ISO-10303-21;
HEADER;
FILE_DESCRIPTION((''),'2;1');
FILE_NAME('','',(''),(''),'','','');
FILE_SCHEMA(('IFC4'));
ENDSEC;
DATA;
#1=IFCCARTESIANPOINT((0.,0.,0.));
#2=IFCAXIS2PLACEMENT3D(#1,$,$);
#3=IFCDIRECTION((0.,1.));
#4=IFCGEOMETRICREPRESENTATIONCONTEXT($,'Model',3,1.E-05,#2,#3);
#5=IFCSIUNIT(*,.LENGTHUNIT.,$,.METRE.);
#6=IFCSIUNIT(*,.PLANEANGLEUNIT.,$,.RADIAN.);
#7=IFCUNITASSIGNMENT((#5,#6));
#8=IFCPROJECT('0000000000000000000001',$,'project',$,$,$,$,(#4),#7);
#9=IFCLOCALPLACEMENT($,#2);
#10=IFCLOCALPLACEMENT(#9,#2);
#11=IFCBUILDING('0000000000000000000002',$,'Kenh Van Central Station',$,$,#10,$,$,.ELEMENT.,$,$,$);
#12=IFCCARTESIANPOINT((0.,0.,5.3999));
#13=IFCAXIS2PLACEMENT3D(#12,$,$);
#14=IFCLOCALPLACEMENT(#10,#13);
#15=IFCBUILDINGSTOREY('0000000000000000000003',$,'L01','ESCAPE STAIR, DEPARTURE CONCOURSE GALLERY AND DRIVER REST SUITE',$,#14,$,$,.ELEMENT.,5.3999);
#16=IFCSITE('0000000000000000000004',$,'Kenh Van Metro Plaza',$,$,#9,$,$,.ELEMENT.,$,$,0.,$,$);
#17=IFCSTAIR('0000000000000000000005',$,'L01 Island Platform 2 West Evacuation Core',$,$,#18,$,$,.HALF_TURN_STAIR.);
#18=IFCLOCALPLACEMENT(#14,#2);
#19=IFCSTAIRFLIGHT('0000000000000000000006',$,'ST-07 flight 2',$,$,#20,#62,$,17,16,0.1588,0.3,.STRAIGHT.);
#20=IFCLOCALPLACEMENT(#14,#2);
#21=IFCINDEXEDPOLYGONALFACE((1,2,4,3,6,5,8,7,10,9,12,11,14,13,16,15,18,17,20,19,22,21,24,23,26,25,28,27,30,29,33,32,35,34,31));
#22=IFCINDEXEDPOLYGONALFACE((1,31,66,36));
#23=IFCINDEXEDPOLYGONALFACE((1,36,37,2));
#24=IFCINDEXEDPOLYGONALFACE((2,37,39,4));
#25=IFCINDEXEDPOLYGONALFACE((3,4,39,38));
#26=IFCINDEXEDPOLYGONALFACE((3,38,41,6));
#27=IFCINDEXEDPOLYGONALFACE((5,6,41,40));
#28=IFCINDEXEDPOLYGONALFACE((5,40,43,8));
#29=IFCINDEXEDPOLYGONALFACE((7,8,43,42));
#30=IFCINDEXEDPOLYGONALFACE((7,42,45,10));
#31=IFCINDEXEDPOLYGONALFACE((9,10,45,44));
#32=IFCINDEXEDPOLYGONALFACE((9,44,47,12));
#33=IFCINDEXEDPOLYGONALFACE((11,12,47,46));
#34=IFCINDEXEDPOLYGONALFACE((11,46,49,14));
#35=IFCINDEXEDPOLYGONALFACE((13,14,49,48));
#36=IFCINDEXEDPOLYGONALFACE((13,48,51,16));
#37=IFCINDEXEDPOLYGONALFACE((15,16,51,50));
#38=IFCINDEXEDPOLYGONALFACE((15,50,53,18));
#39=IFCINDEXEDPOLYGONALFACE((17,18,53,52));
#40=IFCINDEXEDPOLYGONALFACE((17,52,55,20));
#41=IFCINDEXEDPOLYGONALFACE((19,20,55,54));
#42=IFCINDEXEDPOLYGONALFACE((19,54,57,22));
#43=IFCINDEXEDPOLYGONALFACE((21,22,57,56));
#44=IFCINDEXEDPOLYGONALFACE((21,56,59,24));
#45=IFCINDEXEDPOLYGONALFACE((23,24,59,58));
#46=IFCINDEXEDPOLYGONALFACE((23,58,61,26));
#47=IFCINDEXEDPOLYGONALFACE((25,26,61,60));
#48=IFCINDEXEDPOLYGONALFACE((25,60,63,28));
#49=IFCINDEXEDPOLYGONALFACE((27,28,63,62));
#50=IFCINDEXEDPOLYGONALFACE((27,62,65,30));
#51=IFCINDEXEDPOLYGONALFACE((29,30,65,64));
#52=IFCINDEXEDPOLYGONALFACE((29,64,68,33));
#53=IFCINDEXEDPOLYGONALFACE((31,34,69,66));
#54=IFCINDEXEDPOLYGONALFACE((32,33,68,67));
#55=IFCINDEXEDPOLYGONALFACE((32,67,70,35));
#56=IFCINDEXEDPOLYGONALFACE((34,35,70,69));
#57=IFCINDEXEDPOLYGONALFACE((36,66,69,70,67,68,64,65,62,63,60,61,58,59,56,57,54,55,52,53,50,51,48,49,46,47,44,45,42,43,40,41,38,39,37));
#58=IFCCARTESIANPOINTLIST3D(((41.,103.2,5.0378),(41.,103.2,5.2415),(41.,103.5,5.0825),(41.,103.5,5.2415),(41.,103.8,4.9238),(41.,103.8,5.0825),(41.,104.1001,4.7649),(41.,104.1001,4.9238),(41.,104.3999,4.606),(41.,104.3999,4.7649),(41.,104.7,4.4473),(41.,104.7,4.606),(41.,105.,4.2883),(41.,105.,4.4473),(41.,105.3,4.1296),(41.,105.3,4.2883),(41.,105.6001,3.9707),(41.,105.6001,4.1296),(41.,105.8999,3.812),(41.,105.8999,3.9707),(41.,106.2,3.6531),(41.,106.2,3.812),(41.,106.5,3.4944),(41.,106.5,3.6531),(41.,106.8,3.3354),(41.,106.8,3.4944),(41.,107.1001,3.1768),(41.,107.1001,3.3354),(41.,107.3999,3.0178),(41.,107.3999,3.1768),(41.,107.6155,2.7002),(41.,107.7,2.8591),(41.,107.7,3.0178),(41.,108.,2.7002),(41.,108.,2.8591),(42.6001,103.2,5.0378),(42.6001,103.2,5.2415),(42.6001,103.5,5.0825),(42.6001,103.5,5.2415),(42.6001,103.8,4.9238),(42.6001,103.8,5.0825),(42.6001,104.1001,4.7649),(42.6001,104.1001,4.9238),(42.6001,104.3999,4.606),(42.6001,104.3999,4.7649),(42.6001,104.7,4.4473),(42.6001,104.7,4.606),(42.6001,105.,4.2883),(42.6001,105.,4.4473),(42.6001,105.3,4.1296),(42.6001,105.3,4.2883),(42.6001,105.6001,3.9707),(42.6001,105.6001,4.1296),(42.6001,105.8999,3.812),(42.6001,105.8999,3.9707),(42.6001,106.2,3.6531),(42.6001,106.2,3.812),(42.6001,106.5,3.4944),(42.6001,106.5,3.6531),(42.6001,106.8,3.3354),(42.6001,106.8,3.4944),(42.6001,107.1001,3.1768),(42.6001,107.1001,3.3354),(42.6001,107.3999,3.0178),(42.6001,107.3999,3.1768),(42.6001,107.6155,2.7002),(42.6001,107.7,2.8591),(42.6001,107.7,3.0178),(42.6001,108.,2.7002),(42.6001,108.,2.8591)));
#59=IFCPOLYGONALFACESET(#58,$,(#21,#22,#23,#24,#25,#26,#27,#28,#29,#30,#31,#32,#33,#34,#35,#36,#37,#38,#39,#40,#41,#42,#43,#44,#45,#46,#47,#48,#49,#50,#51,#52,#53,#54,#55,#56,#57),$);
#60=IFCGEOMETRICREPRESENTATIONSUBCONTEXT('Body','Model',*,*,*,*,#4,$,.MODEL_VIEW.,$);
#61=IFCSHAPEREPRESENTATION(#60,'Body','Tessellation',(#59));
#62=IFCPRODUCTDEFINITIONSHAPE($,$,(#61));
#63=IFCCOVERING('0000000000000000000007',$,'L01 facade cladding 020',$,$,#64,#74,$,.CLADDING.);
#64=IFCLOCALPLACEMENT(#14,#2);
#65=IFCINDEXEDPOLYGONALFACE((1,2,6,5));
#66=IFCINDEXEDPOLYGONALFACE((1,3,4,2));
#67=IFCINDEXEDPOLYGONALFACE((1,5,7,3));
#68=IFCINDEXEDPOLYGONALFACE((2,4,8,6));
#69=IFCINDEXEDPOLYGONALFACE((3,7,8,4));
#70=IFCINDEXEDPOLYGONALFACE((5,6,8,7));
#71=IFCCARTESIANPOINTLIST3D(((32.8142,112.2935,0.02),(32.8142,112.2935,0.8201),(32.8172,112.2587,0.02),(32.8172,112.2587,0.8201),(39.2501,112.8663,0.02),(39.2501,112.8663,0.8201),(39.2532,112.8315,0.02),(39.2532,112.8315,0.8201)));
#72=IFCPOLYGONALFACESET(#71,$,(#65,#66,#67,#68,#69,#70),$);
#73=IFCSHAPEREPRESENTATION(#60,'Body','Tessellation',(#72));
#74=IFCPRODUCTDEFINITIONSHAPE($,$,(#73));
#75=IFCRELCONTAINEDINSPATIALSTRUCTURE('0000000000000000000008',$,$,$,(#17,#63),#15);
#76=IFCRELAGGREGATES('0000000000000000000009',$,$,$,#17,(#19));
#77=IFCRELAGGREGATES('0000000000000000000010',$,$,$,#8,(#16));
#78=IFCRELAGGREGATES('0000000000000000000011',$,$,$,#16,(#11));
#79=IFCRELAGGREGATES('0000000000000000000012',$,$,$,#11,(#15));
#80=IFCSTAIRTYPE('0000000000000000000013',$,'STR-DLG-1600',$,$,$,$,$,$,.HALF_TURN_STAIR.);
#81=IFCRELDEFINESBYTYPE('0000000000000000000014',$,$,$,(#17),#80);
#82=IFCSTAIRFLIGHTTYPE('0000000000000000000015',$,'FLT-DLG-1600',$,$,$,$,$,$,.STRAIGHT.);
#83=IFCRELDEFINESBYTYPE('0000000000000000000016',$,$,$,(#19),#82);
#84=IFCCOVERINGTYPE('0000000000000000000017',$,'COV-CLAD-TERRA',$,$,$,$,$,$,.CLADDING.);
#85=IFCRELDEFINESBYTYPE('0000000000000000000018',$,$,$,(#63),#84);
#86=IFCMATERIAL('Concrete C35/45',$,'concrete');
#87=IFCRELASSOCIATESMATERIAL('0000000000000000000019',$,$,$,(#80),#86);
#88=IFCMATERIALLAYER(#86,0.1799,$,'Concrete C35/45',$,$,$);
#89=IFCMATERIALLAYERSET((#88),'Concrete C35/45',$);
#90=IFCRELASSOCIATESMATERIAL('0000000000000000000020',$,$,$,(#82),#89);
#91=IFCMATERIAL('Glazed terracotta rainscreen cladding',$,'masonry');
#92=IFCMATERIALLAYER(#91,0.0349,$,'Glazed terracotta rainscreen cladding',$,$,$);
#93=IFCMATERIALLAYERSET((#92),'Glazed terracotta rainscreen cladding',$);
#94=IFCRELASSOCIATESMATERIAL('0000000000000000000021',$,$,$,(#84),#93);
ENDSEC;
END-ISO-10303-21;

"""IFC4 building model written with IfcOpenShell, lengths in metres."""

from ifc_helpers import new_model, si_unit, direction, frame, origin, origin_2d, place, context, subcontext, project, spatial, polyline, rectangle, outline, extrude, material, layer, layer_set, type_object, element, aggregate, save


model = new_model("IFC4")

# Units and contexts
model_context = context("Model", 3, precision=1e-05, world=origin(), true_north=direction((0.0, 1.0)))
body_context = subcontext(model_context, "Body", "Model", "MODEL_VIEW")
ifc_project = project(units=[si_unit("LENGTHUNIT", "METRE"), si_unit("PLANEANGLEUNIT", "RADIAN")], contexts=[model_context])

# Site, building, storey
site_placement = place(None, origin())
site = spatial("IfcSite", under=ifc_project, at=site_placement, Name="Kenh Van Metro Plaza", CompositionType="ELEMENT", RefElevation=0.0)
building_placement = place(site_placement, origin())
building = spatial("IfcBuilding", under=site, at=building_placement, Name="Kenh Van Central Station", CompositionType="ELEMENT")
storey_placement = place(building_placement, frame((0.0, 0.0, 5.3999)))
storey = spatial("IfcBuildingStorey", under=building, at=storey_placement, Name="L01", Description="ESCAPE STAIR, DEPARTURE CONCOURSE GALLERY AND DRIVER REST SUITE", CompositionType="ELEMENT", Elevation=5.3999)

# Stair, stair flight
ifc_material_1 = material(Name="Concrete C35/45", Category="concrete")
stair_type = type_object("IfcStairType", Name="STR-DLG-1600", PredefinedType="HALF_TURN_STAIR", material=ifc_material_1)
stair_placement = place(storey_placement, origin())
stair = element("IfcStair", 1, at=stair_placement, inside=storey, type_object=stair_type, Name="L01 Island Platform 2 West Evacuation Core", PredefinedType="HALF_TURN_STAIR")
ifc_layer_1 = layer(ifc_material_1, 0.1799, Name="Concrete C35/45")
ifc_layer_set_1 = layer_set([ifc_layer_1], Name="Concrete C35/45")
stair_flight_type = type_object("IfcStairFlightType", Name="FLT-DLG-1600", PredefinedType="STRAIGHT", material=ifc_layer_set_1)
stair_flight_1_placement = place(storey_placement, frame((41.8, 108.0, 2.7002), z_axis=(0.0, 0.0, 1.0), x_axis=(0.0, -1.0, 0.0)))
stair_flight_1 = element("IfcStairFlight", 2, at=stair_flight_1_placement, type_object=stair_flight_type, Name="ST-07 flight 2", NumberOfRisers=17, NumberOfTreads=16, PredefinedType="STRAIGHT", RiserHeight=0.1588, TreadLength=0.3, context=body_context, shape_type="SweptSolid", body=[
    extrude(outline(polyline([(0.0, 0.0), (0.0, 0.1589), (0.3, 0.1589), (0.3, 0.3176), (0.6001, 0.3176), (0.6001, 0.4766), (0.8999, 0.4766), (0.8999, 0.6353), (1.2, 0.6353), (1.2, 0.7942), (1.5, 0.7942), (1.5, 0.9529), (1.8, 0.9529), (1.8, 1.1118), (2.1001, 1.1118), (2.1001, 1.2705), (2.3999, 1.2705), (2.3999, 1.4294), (2.7, 1.4294), (2.7, 1.5881), (3.0, 1.5881), (3.0, 1.7471), (3.3, 1.7471), (3.3, 1.9058), (3.6001, 1.9058), (3.6001, 2.0647), (3.8999, 2.0647), (3.8999, 2.2236), (4.2, 2.2236), (4.2, 2.3823), (4.5, 2.3823), (4.5, 2.5413), (4.8, 2.5413), (4.8, 2.7), (4.8, 2.3376), (0.3845, 0.0), (0.0, 0.0)])), frame((0.0, 0.8, 0.0), z_axis=(0.0, -1.0, 0.0), x_axis=(1.0, 0.0, 0.0)), (0.0, 0.0, 1.0), 1.6001),
])
aggregate(stair, [stair_flight_1])

# Covering
ifc_material_2 = material(Name="Glazed terracotta rainscreen cladding", Category="masonry")
ifc_layer_2 = layer(ifc_material_2, 0.0349, Name="Glazed terracotta rainscreen cladding")
ifc_layer_set_2 = layer_set([ifc_layer_2], Name="Glazed terracotta rainscreen cladding")
covering_type = type_object("IfcCoveringType", Name="COV-CLAD-TERRA", PredefinedType="CLADDING", material=ifc_layer_set_2)
covering_placement = place(storey_placement, frame((36.0337, 112.5625, 0.02), z_axis=(0.0, 0.0, 1.0), x_axis=(-0.996062, -0.08866, 0.0)))
element("IfcCovering", 3, at=covering_placement, inside=storey, type_object=covering_type, Name="L01 facade cladding 020", PredefinedType="CLADDING", context=body_context, shape_type="SweptSolid", body=[
    extrude(rectangle(XDim=6.4614, YDim=0.0349, at=origin_2d()), origin(), (0.0, 0.0, 1.0), 0.8),
])

save(model, "model.ifc")
